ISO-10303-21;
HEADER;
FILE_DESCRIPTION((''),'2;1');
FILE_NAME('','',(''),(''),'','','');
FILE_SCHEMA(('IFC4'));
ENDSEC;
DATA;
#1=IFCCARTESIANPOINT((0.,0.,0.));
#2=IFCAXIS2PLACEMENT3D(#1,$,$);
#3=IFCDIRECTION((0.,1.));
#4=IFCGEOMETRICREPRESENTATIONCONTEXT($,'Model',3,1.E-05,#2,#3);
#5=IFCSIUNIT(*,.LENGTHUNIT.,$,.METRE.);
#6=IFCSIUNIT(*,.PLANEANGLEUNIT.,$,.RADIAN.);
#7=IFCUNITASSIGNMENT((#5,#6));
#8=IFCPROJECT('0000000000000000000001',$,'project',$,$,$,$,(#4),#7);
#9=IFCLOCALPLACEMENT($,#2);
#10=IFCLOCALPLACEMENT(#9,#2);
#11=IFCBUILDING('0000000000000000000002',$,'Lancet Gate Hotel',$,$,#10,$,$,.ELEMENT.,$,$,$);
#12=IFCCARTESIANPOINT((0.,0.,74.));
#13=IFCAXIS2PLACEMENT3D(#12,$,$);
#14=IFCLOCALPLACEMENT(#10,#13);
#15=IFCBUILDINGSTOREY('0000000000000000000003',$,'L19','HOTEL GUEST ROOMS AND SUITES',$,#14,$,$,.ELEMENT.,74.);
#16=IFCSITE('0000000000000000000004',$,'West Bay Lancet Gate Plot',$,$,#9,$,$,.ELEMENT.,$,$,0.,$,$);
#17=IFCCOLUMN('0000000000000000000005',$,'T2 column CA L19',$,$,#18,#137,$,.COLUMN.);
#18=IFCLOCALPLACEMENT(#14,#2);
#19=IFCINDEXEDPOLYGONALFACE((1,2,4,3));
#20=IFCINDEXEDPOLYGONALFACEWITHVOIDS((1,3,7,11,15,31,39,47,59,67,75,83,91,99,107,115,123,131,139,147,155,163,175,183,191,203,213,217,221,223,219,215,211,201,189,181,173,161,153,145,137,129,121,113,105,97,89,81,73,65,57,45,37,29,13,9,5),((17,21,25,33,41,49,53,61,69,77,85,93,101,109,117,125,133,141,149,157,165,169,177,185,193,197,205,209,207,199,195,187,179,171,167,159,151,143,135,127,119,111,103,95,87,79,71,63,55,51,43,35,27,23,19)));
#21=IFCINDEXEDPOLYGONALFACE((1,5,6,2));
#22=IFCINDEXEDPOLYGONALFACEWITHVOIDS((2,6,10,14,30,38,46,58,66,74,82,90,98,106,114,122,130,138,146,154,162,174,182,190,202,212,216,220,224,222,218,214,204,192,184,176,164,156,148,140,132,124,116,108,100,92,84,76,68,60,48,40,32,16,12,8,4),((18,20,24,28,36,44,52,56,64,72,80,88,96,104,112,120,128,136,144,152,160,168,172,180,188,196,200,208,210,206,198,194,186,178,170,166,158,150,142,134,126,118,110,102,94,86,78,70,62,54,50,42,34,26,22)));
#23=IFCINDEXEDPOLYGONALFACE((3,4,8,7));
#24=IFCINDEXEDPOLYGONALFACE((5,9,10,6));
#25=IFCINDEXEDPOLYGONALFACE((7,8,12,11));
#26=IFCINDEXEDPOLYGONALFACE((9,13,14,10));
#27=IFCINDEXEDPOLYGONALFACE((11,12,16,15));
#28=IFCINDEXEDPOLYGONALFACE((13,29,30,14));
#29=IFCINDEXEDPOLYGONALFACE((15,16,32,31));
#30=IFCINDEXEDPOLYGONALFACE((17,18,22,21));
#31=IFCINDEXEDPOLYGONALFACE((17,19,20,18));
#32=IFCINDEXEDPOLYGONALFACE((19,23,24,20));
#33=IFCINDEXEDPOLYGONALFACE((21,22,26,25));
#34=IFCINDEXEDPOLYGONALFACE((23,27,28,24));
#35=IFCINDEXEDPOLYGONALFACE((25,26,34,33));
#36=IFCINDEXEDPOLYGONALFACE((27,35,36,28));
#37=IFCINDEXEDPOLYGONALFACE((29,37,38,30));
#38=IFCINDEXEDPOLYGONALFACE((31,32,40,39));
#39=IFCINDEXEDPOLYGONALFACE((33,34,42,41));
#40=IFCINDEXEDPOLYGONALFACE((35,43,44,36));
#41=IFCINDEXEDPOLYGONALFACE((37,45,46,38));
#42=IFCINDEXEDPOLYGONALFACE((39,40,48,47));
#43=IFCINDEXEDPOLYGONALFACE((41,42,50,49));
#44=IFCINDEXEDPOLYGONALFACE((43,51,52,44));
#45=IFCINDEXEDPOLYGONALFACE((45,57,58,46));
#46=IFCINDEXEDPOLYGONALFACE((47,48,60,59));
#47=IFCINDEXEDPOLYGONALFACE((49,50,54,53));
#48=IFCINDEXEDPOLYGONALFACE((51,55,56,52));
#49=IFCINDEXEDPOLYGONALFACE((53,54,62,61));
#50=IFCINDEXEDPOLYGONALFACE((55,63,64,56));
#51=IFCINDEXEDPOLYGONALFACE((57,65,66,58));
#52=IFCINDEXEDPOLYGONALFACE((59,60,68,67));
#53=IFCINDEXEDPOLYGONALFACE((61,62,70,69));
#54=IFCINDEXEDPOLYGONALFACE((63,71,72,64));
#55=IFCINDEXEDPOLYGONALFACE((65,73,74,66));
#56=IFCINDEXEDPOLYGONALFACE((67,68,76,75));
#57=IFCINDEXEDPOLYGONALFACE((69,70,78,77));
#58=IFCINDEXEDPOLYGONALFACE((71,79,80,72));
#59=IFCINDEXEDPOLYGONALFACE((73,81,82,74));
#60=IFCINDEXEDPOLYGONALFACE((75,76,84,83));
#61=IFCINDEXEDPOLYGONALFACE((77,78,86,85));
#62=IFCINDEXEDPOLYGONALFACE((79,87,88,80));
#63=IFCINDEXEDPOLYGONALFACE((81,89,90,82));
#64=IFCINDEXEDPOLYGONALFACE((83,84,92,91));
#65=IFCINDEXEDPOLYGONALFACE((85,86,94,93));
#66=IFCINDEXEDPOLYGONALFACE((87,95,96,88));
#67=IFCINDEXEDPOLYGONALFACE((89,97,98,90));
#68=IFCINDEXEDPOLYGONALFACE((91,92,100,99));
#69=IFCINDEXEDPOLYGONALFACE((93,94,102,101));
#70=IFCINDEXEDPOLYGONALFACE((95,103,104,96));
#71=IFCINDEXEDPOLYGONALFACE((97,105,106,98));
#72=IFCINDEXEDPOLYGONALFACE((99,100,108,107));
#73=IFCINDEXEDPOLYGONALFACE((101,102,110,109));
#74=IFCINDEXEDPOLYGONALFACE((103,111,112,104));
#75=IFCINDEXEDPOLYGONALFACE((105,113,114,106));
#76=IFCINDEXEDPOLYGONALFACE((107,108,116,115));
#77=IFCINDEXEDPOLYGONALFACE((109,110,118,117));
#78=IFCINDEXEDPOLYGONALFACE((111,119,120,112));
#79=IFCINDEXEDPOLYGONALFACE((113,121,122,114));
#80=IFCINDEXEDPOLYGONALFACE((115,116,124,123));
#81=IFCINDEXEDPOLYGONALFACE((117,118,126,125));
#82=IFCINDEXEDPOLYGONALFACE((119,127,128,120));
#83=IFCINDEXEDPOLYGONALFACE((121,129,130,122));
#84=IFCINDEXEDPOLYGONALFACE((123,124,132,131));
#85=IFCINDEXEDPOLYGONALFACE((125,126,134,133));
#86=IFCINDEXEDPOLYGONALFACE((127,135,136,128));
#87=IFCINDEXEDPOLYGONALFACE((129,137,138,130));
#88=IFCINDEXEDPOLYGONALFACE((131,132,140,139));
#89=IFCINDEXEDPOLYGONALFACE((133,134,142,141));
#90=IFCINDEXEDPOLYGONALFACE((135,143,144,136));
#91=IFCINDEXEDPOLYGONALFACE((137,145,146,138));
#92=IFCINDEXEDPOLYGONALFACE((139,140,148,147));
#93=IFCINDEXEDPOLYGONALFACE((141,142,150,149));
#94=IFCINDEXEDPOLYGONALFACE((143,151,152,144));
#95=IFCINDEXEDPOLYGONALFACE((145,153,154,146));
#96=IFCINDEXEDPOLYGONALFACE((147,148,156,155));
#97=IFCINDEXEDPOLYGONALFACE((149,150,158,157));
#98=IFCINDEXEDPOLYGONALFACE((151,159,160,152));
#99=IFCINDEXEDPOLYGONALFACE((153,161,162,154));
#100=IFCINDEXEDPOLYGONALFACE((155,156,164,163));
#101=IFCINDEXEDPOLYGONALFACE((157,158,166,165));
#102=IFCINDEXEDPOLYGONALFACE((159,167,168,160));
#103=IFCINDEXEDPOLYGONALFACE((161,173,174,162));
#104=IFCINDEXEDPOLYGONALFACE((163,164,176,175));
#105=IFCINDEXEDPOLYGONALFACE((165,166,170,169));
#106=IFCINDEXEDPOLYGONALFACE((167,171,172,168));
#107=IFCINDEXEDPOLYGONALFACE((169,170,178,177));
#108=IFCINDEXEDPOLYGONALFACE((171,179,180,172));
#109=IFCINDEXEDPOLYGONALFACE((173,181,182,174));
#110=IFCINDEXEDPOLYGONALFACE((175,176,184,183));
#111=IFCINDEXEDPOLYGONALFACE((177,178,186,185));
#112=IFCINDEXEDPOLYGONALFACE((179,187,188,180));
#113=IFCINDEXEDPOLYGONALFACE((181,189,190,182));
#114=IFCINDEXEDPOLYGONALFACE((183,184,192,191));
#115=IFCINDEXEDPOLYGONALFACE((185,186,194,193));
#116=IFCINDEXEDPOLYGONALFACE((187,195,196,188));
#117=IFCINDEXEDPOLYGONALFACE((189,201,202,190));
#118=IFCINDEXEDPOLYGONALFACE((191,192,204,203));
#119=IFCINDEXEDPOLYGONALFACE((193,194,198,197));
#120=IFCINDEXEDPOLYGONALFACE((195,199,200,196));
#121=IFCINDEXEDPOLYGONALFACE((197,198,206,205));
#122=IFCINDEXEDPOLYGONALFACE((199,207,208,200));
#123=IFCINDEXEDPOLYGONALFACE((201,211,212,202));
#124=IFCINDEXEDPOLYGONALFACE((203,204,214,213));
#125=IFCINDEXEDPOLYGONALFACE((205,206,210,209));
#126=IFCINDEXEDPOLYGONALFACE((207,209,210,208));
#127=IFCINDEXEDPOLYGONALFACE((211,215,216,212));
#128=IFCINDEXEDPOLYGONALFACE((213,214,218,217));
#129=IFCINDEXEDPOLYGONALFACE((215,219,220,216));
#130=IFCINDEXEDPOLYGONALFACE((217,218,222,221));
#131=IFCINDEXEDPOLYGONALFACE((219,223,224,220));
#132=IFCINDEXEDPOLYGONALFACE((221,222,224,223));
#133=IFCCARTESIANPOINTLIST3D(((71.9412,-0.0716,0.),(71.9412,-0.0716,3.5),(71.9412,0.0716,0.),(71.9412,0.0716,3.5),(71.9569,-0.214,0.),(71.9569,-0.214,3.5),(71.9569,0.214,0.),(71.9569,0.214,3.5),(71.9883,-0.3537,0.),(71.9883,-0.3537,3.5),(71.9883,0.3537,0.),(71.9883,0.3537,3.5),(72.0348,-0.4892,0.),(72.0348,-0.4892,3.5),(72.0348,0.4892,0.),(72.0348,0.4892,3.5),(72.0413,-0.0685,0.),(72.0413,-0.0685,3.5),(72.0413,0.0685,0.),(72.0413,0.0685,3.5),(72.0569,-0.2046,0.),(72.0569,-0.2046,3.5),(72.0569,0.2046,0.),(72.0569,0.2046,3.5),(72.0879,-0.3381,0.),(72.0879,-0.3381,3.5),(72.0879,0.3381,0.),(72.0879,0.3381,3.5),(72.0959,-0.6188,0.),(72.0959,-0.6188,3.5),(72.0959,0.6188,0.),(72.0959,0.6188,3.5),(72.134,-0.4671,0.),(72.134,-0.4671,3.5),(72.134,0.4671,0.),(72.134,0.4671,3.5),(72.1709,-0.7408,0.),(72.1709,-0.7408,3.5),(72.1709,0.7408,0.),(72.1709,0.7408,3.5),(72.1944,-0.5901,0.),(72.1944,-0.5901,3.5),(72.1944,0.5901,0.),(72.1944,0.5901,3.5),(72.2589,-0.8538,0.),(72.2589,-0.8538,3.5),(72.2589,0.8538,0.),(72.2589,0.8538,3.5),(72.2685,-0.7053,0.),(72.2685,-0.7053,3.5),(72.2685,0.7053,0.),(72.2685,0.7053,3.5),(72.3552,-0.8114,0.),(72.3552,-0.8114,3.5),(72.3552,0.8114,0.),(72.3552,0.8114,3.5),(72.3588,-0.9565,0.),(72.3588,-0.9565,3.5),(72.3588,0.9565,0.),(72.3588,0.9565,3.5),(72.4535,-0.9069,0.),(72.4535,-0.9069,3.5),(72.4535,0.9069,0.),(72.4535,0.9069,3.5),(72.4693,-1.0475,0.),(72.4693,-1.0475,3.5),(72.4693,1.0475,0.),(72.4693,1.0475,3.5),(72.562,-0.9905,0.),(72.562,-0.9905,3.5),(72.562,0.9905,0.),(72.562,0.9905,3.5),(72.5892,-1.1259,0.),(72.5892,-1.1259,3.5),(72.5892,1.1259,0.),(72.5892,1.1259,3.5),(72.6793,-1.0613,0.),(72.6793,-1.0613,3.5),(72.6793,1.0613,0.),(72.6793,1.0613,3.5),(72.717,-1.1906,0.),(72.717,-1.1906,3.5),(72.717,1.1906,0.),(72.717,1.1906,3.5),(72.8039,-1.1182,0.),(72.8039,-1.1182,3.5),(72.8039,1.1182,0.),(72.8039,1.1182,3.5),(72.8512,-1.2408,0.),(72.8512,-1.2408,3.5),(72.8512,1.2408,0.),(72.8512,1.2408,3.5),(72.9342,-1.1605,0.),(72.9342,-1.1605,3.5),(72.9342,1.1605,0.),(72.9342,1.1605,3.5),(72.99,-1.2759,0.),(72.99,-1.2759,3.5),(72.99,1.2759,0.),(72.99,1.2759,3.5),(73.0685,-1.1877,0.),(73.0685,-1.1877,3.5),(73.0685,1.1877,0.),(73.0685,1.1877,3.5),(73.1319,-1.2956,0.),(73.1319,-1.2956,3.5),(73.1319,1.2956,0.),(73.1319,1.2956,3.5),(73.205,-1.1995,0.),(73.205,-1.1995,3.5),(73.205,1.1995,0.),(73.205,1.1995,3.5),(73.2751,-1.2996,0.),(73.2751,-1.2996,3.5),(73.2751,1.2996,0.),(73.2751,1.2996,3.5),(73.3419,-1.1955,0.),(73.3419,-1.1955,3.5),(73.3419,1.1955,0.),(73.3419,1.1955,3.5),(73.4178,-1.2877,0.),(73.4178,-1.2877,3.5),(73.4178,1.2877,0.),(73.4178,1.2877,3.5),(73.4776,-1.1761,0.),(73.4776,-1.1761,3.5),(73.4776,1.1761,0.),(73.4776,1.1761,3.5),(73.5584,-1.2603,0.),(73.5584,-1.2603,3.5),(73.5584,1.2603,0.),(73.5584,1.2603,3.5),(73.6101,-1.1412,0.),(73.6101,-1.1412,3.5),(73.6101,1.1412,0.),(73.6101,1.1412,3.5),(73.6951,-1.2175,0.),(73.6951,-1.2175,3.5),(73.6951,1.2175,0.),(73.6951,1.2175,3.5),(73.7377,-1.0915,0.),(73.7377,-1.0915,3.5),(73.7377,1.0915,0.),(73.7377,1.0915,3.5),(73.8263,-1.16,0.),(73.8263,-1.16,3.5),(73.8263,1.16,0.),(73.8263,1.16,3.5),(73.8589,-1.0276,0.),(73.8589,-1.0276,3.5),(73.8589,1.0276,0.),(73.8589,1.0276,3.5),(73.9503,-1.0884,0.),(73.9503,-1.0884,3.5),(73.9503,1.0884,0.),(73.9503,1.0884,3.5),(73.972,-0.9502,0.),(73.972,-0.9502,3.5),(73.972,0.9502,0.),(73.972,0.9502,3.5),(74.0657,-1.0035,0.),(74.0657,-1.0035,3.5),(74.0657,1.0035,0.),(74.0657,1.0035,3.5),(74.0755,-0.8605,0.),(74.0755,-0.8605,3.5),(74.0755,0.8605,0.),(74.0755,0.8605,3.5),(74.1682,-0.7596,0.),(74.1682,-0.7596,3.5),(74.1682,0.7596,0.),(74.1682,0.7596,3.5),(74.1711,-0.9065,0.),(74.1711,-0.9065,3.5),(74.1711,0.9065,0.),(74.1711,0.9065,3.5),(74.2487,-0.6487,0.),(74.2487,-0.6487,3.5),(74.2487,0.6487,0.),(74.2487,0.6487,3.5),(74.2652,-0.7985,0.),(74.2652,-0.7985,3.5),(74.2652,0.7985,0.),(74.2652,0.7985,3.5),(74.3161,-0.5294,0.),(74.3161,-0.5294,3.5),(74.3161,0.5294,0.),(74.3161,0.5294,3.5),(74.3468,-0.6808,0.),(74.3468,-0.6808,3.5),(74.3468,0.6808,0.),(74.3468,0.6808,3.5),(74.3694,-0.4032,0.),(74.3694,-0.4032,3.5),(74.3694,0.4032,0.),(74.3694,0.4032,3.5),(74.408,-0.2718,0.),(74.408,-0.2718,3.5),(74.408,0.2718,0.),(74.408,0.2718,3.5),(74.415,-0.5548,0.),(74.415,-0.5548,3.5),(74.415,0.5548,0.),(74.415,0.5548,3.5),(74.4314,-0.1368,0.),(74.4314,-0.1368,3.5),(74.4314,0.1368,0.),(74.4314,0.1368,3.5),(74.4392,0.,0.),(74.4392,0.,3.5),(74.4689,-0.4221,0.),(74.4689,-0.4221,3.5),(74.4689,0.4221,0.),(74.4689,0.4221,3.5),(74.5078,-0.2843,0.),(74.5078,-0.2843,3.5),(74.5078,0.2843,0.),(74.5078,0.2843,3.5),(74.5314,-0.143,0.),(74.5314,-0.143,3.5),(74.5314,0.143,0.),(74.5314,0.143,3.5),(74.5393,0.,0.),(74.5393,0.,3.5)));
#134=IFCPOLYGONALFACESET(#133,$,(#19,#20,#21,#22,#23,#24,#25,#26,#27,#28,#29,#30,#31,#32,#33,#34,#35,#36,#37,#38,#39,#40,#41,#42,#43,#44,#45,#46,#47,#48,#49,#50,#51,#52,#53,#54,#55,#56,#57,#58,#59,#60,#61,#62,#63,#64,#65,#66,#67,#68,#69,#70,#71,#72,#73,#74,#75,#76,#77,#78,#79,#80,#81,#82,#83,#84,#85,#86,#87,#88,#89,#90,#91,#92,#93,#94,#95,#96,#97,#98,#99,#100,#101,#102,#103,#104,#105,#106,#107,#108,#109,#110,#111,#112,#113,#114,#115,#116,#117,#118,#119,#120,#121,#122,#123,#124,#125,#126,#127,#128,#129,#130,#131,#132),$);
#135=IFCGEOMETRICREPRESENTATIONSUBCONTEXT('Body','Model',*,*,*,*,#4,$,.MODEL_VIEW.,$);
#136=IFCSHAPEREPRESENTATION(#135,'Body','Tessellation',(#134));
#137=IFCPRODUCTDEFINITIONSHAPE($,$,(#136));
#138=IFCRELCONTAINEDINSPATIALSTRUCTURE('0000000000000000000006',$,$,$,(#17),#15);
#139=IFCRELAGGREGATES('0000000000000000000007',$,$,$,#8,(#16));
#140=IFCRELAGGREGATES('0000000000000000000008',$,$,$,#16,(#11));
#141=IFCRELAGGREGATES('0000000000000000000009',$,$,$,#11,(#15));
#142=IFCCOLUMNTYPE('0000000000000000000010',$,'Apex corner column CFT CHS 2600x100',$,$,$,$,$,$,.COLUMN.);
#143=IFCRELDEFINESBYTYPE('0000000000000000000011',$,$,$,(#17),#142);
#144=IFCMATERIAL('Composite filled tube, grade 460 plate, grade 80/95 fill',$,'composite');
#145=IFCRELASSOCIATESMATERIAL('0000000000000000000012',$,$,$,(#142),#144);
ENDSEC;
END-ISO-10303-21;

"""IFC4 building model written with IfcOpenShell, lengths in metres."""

from ifc_helpers import new_model, si_unit, direction, frame, origin, origin_2d, place, context, subcontext, project, spatial, hollow_circle, extrude, material, material_profile, profile_set, type_object, element, save


model = new_model("IFC4")

# Units and contexts
model_context = context("Model", 3, precision=1e-05, world=origin(), true_north=direction((0.0, 1.0)))
body_context = subcontext(model_context, "Body", "Model", "MODEL_VIEW")
ifc_project = project(units=[si_unit("LENGTHUNIT", "METRE"), si_unit("PLANEANGLEUNIT", "RADIAN")], contexts=[model_context])

# Site, building, storey
site_placement = place(None, origin())
site = spatial("IfcSite", under=ifc_project, at=site_placement, Name="West Bay Lancet Gate Plot", CompositionType="ELEMENT", RefElevation=0.0)
building_placement = place(site_placement, origin())
building = spatial("IfcBuilding", under=site, at=building_placement, Name="Lancet Gate Hotel", CompositionType="ELEMENT")
storey_placement = place(building_placement, frame((0.0, 0.0, 74.0)))
storey = spatial("IfcBuildingStorey", under=building, at=storey_placement, Name="L19", Description="HOTEL GUEST ROOMS AND SUITES", CompositionType="ELEMENT", Elevation=74.0)

# Column
ifc_material_1 = material(Name="Composite filled tube, grade 460 plate, grade 80/95 fill", Category="composite")
ifc_material_profile_1 = material_profile(ifc_material_1, hollow_circle(Radius=1.3, WallThickness=0.1001, at=origin_2d()), Name="CHS 2600x100")
ifc_profile_set_1 = profile_set([ifc_material_profile_1], Name="Composite filled tube, grade 460 plate, grade 80/95 fill")
column_type_1 = type_object("IfcColumnType", Name="Apex corner column CFT CHS 2600x100", PredefinedType="COLUMN", material=ifc_profile_set_1)
column_1_placement = place(storey_placement, frame((73.2393, 0.0, 0.0), z_axis=(0.0, 0.0, 1.0), x_axis=(1.0, 0.0, 0.0)))
element("IfcColumn", 1, at=column_1_placement, inside=storey, type_object=column_type_1, Name="T2 column CA L19", PredefinedType="COLUMN", context=body_context, shape_type="SweptSolid", body=[
    extrude(hollow_circle(Radius=1.3, WallThickness=0.1001, at=origin_2d()), origin(), (0.0, 0.0, 1.0), 3.5),
])

save(model, "model.ifc")
